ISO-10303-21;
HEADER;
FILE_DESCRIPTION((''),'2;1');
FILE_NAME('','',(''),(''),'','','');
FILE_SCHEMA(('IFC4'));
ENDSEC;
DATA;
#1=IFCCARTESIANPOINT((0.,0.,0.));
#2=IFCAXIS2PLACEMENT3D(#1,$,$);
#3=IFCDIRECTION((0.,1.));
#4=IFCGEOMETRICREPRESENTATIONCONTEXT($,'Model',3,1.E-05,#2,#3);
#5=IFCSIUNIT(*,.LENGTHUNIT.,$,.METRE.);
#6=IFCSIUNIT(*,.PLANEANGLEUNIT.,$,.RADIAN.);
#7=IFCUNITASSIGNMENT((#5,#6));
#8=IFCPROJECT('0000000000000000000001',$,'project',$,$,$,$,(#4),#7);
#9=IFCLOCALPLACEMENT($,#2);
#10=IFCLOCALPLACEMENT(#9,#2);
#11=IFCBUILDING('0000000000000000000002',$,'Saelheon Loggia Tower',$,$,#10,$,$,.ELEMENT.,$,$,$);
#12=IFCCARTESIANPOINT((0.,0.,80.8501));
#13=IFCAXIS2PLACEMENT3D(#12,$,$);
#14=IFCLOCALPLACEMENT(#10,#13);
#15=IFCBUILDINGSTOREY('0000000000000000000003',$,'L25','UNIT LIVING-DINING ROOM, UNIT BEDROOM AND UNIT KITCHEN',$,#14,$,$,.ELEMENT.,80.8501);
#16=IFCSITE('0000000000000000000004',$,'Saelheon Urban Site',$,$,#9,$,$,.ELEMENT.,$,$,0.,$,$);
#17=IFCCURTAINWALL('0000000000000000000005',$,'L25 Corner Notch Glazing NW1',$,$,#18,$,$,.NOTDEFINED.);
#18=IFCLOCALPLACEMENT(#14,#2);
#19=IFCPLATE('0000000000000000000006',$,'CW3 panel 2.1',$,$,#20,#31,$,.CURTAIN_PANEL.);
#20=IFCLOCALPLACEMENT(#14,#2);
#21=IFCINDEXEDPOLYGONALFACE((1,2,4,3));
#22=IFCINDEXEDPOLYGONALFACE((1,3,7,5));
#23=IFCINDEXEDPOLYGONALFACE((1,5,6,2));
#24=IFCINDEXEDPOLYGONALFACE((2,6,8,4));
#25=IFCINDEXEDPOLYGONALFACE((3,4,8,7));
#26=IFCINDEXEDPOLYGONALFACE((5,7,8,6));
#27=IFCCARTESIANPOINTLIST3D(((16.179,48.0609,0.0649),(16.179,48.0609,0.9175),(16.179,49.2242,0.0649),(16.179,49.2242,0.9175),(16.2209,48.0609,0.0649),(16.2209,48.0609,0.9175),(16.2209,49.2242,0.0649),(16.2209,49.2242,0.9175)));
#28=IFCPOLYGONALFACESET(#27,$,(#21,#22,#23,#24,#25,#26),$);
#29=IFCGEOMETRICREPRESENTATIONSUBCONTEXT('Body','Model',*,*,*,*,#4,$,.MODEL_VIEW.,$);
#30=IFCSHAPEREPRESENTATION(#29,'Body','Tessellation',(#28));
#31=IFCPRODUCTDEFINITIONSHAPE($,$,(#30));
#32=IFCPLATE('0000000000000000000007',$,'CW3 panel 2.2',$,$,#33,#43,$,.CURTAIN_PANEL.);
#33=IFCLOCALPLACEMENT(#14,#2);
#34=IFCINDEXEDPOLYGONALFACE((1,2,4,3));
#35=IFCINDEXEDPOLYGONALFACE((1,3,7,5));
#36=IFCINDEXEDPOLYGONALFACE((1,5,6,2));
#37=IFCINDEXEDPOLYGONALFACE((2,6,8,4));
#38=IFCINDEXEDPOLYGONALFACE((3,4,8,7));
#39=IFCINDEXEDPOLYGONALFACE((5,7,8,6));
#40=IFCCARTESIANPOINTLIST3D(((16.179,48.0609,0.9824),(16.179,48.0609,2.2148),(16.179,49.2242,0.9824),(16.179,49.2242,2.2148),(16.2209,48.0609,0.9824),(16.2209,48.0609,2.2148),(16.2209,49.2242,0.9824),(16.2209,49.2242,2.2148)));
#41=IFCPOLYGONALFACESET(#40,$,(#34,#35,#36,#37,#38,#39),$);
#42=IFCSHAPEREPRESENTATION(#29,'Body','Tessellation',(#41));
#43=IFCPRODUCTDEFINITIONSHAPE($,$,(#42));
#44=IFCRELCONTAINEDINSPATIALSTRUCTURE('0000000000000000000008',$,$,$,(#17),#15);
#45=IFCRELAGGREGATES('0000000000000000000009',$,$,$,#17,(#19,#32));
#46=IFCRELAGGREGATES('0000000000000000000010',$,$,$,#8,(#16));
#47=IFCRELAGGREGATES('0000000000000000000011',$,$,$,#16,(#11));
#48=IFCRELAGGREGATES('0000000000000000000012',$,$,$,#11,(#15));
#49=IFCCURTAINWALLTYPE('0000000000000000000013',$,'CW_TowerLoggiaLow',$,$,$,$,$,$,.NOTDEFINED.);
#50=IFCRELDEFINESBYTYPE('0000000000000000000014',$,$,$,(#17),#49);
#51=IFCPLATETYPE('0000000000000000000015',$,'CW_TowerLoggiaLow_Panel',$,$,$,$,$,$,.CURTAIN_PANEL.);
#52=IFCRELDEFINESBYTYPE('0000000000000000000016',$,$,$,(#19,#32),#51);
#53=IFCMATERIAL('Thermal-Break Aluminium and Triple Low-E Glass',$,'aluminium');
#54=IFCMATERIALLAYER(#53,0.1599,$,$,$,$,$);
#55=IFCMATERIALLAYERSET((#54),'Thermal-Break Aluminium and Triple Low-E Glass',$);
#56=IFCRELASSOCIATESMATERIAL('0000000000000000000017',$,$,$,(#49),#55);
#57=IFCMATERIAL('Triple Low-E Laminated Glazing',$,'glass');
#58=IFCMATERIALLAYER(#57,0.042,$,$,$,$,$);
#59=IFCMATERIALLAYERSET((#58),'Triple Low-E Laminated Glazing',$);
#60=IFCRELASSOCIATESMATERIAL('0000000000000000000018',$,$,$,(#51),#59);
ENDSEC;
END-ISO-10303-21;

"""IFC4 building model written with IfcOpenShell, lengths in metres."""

from ifc_helpers import new_model, si_unit, direction, frame, origin, origin_2d, place, context, subcontext, project, spatial, rectangle, extrude, source, transform, mapped, material, layer, layer_set, type_object, element, aggregate, save


model = new_model("IFC4")

# Units and contexts
model_context = context("Model", 3, precision=1e-05, world=origin(), true_north=direction((0.0, 1.0)))
body_context = subcontext(model_context, "Body", "Model", "MODEL_VIEW")
ifc_project = project(units=[si_unit("LENGTHUNIT", "METRE"), si_unit("PLANEANGLEUNIT", "RADIAN")], contexts=[model_context])

# Site, building, storey
site_placement = place(None, origin())
site = spatial("IfcSite", under=ifc_project, at=site_placement, Name="Saelheon Urban Site", CompositionType="ELEMENT", RefElevation=0.0)
building_placement = place(site_placement, origin())
building = spatial("IfcBuilding", under=site, at=building_placement, Name="Saelheon Loggia Tower", CompositionType="ELEMENT")
storey_placement = place(building_placement, frame((0.0, 0.0, 80.8501)))
storey = spatial("IfcBuildingStorey", under=building, at=storey_placement, Name="L25", Description="UNIT LIVING-DINING ROOM, UNIT BEDROOM AND UNIT KITCHEN", CompositionType="ELEMENT", Elevation=80.8501)

# Curtain wall, plates
ifc_material_1 = material(Name="Thermal-Break Aluminium and Triple Low-E Glass", Category="aluminium")
ifc_layer_1 = layer(ifc_material_1, 0.1599)
ifc_layer_set_1 = layer_set([ifc_layer_1], Name="Thermal-Break Aluminium and Triple Low-E Glass")
curtain_wall_type = type_object("IfcCurtainWallType", Name="CW_TowerLoggiaLow", PredefinedType="NOTDEFINED", material=ifc_layer_set_1)
curtain_wall_placement = place(storey_placement, origin())
curtain_wall = element("IfcCurtainWall", 1, at=curtain_wall_placement, inside=storey, type_object=curtain_wall_type, Name="L25 Corner Notch Glazing NW1", PredefinedType="NOTDEFINED")
ifc_material_2 = material(Name="Triple Low-E Laminated Glazing", Category="glass")
ifc_layer_2 = layer(ifc_material_2, 0.042)
ifc_layer_set_2 = layer_set([ifc_layer_2], Name="Triple Low-E Laminated Glazing")
plate_type = type_object("IfcPlateType", Name="CW_TowerLoggiaLow_Panel", PredefinedType="CURTAIN_PANEL", material=ifc_layer_set_2)
shared_shape_1 = source(origin(), body_context, "Body", "SweptSolid", [
    extrude(rectangle(XDim=1.1633, YDim=0.042, at=origin_2d()), origin(), (0.0, 0.0, 1.0), 0.8525),
])
plate_1_placement = place(storey_placement, frame((16.2, 48.6426, 0.0649), z_axis=(0.0, 0.0, 1.0), x_axis=(0.0, 1.0, 0.0)))
plate_1 = element("IfcPlate", 2, at=plate_1_placement, type_object=plate_type, Name="CW3 panel 2.1", PredefinedType="CURTAIN_PANEL", context=body_context, shape_type="MappedRepresentation", body=[
    mapped(shared_shape_1, transform((0.0, 0.0, 0.0), scale=1.0)),
])
shared_shape_2 = source(origin(), body_context, "Body", "SweptSolid", [
    extrude(rectangle(XDim=1.1633, YDim=0.042, at=origin_2d()), origin(), (0.0, 0.0, 1.0), 1.2324),
])
plate_2_placement = place(storey_placement, frame((16.2, 48.6426, 0.9824), z_axis=(0.0, 0.0, 1.0), x_axis=(0.0, 1.0, 0.0)))
plate_2 = element("IfcPlate", 3, at=plate_2_placement, type_object=plate_type, Name="CW3 panel 2.2", PredefinedType="CURTAIN_PANEL", context=body_context, shape_type="MappedRepresentation", body=[
    mapped(shared_shape_2, transform((0.0, 0.0, 0.0), scale=1.0)),
])
aggregate(curtain_wall, [plate_1, plate_2])

save(model, "model.ifc")
